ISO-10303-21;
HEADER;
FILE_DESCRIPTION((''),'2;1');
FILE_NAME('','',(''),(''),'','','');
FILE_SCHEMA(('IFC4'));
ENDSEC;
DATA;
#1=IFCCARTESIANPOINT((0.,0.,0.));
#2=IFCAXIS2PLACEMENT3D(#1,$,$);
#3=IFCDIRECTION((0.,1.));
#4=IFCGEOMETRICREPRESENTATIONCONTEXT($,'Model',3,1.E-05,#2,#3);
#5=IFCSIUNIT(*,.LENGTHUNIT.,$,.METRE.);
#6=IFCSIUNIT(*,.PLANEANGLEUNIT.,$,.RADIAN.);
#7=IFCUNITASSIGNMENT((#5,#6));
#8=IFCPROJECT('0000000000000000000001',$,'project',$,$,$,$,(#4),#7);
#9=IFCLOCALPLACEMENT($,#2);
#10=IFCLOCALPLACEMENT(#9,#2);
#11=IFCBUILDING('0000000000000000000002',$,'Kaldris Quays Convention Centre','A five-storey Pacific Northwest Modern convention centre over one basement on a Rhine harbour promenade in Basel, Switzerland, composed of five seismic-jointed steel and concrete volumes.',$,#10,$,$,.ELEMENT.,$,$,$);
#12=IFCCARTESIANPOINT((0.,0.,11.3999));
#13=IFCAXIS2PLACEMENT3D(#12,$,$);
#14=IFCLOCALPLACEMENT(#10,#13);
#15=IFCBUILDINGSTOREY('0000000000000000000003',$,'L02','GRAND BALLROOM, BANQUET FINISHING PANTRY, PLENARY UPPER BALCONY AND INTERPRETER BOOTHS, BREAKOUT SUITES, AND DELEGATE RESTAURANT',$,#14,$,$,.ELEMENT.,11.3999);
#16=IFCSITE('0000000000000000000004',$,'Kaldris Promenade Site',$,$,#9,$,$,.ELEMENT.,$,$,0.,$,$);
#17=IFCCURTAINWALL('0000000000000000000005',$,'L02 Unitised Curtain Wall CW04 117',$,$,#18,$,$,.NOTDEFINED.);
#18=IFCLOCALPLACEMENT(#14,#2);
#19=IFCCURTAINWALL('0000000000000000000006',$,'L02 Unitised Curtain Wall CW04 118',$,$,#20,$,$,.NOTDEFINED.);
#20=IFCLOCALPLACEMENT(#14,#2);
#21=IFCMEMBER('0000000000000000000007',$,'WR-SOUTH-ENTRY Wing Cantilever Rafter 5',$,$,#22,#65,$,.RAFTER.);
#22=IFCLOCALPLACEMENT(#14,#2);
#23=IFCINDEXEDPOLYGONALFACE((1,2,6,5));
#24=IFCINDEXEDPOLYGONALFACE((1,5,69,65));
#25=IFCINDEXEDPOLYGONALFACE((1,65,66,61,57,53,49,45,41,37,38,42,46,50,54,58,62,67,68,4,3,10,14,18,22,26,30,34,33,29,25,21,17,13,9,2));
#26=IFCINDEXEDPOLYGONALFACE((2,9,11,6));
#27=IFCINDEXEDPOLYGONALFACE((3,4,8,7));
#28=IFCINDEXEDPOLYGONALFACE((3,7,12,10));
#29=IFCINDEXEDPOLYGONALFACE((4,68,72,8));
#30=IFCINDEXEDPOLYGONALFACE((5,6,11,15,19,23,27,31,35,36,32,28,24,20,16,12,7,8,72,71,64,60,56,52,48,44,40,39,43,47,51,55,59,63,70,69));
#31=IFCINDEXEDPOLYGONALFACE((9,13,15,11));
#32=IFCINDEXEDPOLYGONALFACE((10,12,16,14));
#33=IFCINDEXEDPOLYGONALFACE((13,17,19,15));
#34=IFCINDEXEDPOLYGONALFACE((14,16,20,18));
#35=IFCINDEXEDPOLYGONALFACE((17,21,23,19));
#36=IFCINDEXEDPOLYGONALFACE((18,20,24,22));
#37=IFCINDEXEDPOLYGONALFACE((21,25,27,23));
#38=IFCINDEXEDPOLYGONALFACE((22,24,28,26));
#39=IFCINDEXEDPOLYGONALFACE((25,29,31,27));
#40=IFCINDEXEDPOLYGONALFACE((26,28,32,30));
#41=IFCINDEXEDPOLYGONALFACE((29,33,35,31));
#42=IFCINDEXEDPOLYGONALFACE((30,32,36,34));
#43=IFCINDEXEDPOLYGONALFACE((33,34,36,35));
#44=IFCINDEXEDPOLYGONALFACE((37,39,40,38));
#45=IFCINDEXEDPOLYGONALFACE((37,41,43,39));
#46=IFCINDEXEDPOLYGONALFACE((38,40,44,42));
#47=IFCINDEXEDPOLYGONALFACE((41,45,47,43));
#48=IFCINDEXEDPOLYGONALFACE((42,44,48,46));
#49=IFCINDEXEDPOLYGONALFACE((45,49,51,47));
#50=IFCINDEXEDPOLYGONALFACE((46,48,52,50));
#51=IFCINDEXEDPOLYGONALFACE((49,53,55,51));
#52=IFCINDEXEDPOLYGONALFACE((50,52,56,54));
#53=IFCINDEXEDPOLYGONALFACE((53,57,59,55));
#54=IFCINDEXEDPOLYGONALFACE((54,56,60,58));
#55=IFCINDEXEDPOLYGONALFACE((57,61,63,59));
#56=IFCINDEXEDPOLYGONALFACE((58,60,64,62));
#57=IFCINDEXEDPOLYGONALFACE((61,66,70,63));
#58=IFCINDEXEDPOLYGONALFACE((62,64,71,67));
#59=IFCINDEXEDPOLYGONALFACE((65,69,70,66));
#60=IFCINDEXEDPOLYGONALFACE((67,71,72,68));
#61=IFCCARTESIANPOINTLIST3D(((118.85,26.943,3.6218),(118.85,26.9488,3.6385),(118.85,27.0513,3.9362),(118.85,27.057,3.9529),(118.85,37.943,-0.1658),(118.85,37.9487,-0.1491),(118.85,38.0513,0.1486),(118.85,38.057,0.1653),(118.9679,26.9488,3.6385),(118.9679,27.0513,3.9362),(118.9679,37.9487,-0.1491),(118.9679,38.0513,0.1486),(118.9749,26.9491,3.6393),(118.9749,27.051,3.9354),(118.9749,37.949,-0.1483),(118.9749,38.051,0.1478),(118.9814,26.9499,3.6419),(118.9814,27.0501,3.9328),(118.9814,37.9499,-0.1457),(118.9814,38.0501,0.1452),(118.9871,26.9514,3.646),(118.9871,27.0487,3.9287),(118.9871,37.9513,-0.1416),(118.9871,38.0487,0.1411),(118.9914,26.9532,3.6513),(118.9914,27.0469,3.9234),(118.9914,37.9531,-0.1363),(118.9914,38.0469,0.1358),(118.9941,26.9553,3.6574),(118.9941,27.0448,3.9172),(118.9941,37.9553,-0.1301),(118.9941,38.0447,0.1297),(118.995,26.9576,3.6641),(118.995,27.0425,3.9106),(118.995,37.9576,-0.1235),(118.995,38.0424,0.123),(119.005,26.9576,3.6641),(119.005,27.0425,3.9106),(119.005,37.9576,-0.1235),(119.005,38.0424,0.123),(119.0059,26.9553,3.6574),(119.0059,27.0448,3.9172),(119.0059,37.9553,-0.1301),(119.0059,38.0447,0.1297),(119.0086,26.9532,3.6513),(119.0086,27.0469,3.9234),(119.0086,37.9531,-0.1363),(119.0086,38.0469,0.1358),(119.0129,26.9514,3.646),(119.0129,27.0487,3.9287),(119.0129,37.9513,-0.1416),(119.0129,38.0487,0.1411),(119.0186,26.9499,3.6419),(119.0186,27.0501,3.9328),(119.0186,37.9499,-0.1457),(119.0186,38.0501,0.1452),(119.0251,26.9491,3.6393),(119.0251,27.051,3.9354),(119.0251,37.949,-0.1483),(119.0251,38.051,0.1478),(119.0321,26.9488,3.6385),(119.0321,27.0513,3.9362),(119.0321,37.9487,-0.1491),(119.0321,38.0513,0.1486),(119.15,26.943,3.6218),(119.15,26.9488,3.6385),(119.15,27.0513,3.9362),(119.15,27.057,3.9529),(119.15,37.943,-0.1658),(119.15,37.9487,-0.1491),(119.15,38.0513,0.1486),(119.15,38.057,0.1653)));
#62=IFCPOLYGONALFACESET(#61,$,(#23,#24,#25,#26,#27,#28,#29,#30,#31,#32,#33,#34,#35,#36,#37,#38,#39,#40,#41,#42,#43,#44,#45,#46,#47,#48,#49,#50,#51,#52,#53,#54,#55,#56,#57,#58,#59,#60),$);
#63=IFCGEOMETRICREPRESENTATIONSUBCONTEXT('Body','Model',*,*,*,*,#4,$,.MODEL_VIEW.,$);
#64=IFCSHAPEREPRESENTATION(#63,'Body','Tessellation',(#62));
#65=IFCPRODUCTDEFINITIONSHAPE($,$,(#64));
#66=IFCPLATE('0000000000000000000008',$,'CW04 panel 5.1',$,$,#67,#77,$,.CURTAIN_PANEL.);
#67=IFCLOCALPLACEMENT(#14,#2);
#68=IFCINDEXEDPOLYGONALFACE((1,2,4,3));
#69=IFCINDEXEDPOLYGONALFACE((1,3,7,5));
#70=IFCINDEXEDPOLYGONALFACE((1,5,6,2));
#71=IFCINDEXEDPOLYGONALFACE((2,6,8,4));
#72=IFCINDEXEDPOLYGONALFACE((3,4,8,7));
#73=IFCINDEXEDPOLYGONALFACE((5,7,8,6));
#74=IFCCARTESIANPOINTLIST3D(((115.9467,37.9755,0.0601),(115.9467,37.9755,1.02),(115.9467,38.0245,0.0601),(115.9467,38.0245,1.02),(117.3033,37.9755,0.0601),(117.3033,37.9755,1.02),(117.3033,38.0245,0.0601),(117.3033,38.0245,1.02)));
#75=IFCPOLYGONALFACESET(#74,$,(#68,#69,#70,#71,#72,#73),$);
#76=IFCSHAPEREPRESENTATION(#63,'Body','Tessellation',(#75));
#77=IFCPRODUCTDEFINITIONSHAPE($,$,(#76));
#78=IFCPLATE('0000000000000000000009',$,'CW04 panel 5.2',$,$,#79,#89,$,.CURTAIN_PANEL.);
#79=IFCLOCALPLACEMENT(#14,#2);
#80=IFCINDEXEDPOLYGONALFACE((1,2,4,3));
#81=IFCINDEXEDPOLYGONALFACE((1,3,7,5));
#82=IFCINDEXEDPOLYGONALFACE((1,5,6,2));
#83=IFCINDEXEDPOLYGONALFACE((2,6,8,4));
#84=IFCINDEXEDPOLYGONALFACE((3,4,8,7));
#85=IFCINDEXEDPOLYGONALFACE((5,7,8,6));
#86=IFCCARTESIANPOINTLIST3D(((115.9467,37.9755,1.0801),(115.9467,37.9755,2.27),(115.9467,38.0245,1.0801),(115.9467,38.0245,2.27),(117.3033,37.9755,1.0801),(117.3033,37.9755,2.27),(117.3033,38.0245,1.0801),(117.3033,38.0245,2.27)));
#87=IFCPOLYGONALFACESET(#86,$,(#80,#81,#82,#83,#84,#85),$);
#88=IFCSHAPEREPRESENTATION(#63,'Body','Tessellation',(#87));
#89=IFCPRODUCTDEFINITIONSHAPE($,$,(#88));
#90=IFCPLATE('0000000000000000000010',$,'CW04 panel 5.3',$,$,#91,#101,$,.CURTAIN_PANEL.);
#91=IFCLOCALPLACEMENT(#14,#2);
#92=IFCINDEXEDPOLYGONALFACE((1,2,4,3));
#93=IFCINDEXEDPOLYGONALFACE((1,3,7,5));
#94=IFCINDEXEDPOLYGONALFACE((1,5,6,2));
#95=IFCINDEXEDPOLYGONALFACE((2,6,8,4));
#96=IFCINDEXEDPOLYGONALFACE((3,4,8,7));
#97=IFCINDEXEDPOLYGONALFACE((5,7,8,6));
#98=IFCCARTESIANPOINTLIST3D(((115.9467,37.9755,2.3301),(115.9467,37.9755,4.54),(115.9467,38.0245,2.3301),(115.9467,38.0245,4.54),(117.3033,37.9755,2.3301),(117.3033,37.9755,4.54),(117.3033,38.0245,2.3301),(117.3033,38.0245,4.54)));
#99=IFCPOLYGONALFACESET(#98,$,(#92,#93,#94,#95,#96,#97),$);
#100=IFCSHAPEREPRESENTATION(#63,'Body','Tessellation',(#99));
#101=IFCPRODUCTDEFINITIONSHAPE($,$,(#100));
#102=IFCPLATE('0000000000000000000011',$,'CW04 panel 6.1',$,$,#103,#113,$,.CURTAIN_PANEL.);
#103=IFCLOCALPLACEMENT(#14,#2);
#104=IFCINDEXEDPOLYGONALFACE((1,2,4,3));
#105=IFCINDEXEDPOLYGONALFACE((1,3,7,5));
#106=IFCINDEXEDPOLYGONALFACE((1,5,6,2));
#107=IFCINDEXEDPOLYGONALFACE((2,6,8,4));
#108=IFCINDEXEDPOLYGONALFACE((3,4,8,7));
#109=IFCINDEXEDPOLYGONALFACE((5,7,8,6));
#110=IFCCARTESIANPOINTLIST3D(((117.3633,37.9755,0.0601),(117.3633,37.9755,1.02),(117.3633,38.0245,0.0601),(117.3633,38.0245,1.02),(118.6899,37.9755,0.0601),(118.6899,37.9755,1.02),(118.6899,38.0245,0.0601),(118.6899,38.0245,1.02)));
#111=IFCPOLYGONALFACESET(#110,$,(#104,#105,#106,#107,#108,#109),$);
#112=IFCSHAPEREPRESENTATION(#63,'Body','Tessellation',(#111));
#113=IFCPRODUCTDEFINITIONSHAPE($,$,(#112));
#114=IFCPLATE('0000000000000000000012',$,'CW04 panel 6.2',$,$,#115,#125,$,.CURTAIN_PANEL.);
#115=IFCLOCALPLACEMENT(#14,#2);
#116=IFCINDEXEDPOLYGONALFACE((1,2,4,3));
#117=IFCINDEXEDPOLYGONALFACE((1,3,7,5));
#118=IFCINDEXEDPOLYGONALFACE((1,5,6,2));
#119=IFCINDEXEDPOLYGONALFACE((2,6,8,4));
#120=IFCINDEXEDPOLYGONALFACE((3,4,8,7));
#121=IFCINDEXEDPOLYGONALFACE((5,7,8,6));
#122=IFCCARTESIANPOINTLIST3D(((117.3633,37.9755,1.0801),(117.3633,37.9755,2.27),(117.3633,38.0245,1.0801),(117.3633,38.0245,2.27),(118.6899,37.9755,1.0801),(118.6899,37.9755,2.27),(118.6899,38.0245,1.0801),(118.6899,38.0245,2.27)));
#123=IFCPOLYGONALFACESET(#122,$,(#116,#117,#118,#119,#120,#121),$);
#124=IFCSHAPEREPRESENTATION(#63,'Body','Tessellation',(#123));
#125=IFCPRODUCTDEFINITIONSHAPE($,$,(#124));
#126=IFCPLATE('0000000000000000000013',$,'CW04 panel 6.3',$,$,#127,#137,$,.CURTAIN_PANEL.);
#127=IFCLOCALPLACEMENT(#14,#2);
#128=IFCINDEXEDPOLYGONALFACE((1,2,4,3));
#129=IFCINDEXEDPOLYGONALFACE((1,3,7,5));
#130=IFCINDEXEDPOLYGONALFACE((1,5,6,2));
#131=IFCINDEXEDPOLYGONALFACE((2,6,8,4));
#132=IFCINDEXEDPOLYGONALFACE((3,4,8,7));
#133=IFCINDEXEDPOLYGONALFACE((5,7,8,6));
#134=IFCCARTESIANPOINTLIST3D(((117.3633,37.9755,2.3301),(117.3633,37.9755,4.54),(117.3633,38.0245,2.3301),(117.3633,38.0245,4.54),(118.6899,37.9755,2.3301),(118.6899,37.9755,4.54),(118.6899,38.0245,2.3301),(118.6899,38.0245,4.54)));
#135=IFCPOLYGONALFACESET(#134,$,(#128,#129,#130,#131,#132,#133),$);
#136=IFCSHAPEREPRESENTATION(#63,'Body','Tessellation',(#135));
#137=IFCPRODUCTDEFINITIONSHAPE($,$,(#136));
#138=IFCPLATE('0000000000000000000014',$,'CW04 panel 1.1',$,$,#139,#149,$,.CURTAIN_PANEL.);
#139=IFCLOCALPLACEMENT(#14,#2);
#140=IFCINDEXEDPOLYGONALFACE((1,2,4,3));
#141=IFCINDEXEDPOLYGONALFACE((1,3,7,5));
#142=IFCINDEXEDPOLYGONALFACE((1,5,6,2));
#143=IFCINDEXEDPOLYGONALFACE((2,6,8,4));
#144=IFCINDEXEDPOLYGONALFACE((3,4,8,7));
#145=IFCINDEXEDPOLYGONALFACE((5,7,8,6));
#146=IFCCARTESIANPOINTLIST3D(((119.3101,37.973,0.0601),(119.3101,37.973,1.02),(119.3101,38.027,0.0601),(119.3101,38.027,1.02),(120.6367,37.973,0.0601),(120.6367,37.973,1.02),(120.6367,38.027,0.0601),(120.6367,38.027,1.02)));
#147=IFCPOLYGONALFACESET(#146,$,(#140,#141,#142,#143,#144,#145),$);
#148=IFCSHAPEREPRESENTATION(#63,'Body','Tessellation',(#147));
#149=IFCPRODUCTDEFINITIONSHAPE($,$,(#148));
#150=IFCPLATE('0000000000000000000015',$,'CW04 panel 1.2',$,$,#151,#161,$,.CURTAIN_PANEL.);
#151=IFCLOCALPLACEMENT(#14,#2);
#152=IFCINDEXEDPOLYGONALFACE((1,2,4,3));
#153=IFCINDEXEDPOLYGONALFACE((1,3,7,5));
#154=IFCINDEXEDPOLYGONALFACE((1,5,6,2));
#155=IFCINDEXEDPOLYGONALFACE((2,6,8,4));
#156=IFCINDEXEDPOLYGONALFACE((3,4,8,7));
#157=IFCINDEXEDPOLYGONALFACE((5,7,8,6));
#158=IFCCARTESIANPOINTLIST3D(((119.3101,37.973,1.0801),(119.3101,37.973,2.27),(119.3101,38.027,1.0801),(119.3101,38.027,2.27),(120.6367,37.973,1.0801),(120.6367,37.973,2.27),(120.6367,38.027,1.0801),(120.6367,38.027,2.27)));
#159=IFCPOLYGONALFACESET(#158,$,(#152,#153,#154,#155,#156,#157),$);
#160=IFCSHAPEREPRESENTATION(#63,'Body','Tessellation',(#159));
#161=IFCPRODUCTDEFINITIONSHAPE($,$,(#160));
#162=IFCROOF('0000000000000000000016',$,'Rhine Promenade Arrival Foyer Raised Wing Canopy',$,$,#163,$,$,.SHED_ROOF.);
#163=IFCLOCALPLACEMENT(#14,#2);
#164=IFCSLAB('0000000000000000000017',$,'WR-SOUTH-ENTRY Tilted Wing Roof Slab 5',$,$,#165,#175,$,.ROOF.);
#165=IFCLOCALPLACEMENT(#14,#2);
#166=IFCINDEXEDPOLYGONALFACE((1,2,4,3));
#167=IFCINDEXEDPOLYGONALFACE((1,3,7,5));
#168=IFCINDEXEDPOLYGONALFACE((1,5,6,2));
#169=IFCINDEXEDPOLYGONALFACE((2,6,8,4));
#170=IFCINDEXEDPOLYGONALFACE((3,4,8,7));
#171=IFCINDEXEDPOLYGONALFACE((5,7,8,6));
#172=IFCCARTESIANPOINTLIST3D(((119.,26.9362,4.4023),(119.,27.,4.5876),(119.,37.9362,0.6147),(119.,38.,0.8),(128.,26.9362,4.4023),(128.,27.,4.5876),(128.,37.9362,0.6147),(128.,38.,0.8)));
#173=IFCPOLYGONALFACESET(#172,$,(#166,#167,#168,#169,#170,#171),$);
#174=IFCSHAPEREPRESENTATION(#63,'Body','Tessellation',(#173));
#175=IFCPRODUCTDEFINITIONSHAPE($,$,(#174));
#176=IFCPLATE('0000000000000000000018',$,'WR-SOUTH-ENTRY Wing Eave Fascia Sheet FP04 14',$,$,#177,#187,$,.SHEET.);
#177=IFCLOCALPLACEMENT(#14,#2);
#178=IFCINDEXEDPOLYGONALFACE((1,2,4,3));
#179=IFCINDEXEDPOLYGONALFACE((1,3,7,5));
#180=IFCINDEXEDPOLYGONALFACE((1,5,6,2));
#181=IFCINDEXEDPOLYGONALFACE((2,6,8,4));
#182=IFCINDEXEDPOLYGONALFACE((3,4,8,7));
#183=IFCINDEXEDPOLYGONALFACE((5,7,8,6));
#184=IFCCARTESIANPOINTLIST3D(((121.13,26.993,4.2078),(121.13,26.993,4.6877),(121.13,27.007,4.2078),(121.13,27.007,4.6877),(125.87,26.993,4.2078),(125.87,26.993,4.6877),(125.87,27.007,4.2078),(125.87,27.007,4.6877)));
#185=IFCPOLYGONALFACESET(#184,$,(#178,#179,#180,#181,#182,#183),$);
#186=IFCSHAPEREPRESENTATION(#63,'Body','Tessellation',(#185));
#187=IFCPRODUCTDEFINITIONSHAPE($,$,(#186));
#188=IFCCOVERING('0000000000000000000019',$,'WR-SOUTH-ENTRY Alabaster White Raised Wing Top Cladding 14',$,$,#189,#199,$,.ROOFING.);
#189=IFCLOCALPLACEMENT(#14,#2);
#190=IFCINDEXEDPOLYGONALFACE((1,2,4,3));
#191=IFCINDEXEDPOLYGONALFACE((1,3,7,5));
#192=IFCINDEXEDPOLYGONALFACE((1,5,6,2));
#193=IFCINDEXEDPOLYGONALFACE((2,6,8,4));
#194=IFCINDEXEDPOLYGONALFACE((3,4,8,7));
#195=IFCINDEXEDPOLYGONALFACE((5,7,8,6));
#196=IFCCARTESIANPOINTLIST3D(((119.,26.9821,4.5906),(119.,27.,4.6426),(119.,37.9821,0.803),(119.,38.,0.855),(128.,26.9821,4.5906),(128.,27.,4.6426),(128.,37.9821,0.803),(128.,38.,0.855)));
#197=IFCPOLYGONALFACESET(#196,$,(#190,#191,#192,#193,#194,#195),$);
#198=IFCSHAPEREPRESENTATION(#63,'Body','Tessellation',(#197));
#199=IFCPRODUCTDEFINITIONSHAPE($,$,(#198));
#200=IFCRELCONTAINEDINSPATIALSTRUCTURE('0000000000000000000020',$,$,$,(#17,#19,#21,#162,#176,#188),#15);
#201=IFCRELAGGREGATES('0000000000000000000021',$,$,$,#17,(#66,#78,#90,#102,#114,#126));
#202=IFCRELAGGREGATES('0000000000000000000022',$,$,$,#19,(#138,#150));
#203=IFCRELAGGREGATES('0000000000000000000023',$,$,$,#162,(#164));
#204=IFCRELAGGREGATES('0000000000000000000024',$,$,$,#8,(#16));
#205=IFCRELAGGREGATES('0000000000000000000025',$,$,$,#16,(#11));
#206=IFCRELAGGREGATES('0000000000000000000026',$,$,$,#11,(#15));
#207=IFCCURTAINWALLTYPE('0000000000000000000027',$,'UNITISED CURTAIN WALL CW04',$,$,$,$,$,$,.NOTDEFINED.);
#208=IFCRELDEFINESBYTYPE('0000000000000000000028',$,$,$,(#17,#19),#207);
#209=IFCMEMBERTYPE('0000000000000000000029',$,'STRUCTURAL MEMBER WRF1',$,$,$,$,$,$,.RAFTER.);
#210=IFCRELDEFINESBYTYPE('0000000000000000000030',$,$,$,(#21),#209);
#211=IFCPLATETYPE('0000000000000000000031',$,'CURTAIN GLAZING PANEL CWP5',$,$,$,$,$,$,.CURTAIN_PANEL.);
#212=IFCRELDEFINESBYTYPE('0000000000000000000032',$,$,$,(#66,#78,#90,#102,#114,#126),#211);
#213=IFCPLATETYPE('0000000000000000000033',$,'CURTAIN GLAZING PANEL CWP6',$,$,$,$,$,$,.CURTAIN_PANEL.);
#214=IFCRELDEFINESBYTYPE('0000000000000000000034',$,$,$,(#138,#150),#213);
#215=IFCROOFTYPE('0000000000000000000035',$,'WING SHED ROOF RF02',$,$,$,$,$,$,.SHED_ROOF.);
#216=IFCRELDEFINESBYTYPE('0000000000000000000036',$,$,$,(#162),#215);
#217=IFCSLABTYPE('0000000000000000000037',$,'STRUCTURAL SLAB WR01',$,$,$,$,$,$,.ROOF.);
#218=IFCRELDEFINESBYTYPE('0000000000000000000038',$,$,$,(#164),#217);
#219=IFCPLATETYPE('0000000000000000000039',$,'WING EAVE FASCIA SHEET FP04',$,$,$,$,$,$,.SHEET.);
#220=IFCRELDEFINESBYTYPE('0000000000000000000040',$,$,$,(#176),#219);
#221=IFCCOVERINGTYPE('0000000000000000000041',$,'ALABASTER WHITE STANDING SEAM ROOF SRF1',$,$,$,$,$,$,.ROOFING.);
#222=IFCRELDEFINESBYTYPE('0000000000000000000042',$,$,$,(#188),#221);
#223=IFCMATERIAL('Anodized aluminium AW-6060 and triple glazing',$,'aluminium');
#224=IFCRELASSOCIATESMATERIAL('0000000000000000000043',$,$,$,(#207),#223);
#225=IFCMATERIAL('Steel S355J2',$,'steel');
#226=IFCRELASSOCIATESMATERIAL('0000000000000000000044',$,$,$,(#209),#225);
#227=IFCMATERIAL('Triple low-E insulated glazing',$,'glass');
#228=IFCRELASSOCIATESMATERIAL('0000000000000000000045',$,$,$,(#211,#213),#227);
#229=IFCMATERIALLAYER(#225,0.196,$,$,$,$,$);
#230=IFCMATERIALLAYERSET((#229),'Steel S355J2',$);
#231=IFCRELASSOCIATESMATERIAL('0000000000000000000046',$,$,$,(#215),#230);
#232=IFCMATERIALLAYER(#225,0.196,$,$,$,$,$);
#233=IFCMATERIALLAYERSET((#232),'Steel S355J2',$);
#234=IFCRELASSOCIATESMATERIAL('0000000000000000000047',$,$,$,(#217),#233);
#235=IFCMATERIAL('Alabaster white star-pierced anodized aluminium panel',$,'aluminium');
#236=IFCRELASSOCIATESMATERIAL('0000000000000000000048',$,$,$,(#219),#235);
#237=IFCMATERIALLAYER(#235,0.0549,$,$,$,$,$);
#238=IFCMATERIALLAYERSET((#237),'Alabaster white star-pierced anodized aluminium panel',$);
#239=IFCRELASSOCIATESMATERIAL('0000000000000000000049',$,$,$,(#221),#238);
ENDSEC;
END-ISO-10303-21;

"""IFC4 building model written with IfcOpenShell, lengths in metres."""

from ifc_helpers import new_model, si_unit, direction, frame, origin, origin_2d, place, context, subcontext, project, spatial, polyline, rectangle, i_section, outline, extrude, material, layer, layer_set, material_profile, profile_set, type_object, element, aggregate, save


model = new_model("IFC4")

# Units and contexts
model_context = context("Model", 3, precision=1e-05, world=origin(), true_north=direction((0.0, 1.0)))
body_context = subcontext(model_context, "Body", "Model", "MODEL_VIEW")
ifc_project = project(units=[si_unit("LENGTHUNIT", "METRE"), si_unit("PLANEANGLEUNIT", "RADIAN")], contexts=[model_context])

# Site, building, storey
site_placement = place(None, origin())
site = spatial("IfcSite", under=ifc_project, at=site_placement, Name="Kaldris Promenade Site", CompositionType="ELEMENT", RefElevation=0.0)
building_placement = place(site_placement, origin())
building = spatial("IfcBuilding", under=site, at=building_placement, Name="Kaldris Quays Convention Centre", Description="A five-storey Pacific Northwest Modern convention centre over one basement on a Rhine harbour promenade in Basel, Switzerland, composed of five seismic-jointed steel and concrete volumes.", CompositionType="ELEMENT")
storey_placement = place(building_placement, frame((0.0, 0.0, 11.3999)))
storey = spatial("IfcBuildingStorey", under=building, at=storey_placement, Name="L02", Description="GRAND BALLROOM, BANQUET FINISHING PANTRY, PLENARY UPPER BALCONY AND INTERPRETER BOOTHS, BREAKOUT SUITES, AND DELEGATE RESTAURANT", CompositionType="ELEMENT", Elevation=11.3999)

# Shared definitions
ifc_material_1 = material(Name="Steel S355J2", Category="steel")

# Curtain wall
ifc_material_2 = material(Name="Anodized aluminium AW-6060 and triple glazing", Category="aluminium")
curtain_wall_type = type_object("IfcCurtainWallType", Name="UNITISED CURTAIN WALL CW04", PredefinedType="NOTDEFINED", material=ifc_material_2)
curtain_wall_1_placement = place(storey_placement, origin())
curtain_wall_1 = element("IfcCurtainWall", 1, at=curtain_wall_1_placement, inside=storey, type_object=curtain_wall_type, Name="L02 Unitised Curtain Wall CW04 117", PredefinedType="NOTDEFINED")

# Curtain wall
curtain_wall_2_placement = place(storey_placement, origin())
curtain_wall_2 = element("IfcCurtainWall", 2, at=curtain_wall_2_placement, inside=storey, type_object=curtain_wall_type, Name="L02 Unitised Curtain Wall CW04 118", PredefinedType="NOTDEFINED")

# Member
ifc_material_profile_1 = material_profile(ifc_material_1, i_section(OverallWidth=0.3, OverallDepth=0.3501, WebThickness=0.01, FlangeThickness=0.0176, FilletRadius=0.0271, at=origin_2d()), Name="HEA 360")
ifc_profile_set_1 = profile_set([ifc_material_profile_1], Name="Steel S355J2")
member_type_1 = type_object("IfcMemberType", Name="STRUCTURAL MEMBER WRF1", PredefinedType="RAFTER", material=ifc_profile_set_1)
member_1_placement = place(storey_placement, frame((119.0, 38.0, -0.0002), z_axis=(0.0, -0.945519, 0.325568), x_axis=(1.0, 0.0, 0.0)))
element("IfcMember", 3, at=member_1_placement, inside=storey, type_object=member_type_1, Name="WR-SOUTH-ENTRY Wing Cantilever Rafter 5", PredefinedType="RAFTER", context=body_context, shape_type="SweptSolid", body=[
    extrude(i_section(OverallWidth=0.3, OverallDepth=0.3501, WebThickness=0.01, FlangeThickness=0.0176, FilletRadius=0.0271, at=origin_2d()), origin(), (0.0, 0.0, 1.0), 11.6338),
])

# Plates
ifc_material_3 = material(Name="Triple low-E insulated glazing", Category="glass")
plate_type_1 = type_object("IfcPlateType", Name="CURTAIN GLAZING PANEL CWP5", PredefinedType="CURTAIN_PANEL", material=ifc_material_3)
plate_1_placement = place(storey_placement, frame((116.625, 38.0, 0.0601), z_axis=(0.0, 0.0, 1.0), x_axis=(1.0, 0.0, 0.0)))
plate_1 = element("IfcPlate", 4, at=plate_1_placement, type_object=plate_type_1, Name="CW04 panel 5.1", PredefinedType="CURTAIN_PANEL", context=body_context, shape_type="SweptSolid", body=[
    extrude(rectangle(XDim=1.3567, YDim=0.0491, at=origin_2d()), origin(), (0.0, 0.0, 1.0), 0.96),
])
plate_2_placement = place(storey_placement, frame((116.625, 38.0, 1.0801), z_axis=(0.0, 0.0, 1.0), x_axis=(1.0, 0.0, 0.0)))
plate_2 = element("IfcPlate", 5, at=plate_2_placement, type_object=plate_type_1, Name="CW04 panel 5.2", PredefinedType="CURTAIN_PANEL", context=body_context, shape_type="SweptSolid", body=[
    extrude(rectangle(XDim=1.3567, YDim=0.0491, at=origin_2d()), origin(), (0.0, 0.0, 1.0), 1.1899),
])
plate_3_placement = place(storey_placement, frame((116.625, 38.0, 2.3301), z_axis=(0.0, 0.0, 1.0), x_axis=(1.0, 0.0, 0.0)))
plate_3 = element("IfcPlate", 6, at=plate_3_placement, type_object=plate_type_1, Name="CW04 panel 5.3", PredefinedType="CURTAIN_PANEL", context=body_context, shape_type="SweptSolid", body=[
    extrude(rectangle(XDim=1.3567, YDim=0.0491, at=origin_2d()), origin(), (0.0, 0.0, 1.0), 2.21),
])
plate_4_placement = place(storey_placement, frame((118.0266, 38.0, 0.0601), z_axis=(0.0, 0.0, 1.0), x_axis=(1.0, 0.0, 0.0)))
plate_4 = element("IfcPlate", 7, at=plate_4_placement, type_object=plate_type_1, Name="CW04 panel 6.1", PredefinedType="CURTAIN_PANEL", context=body_context, shape_type="SweptSolid", body=[
    extrude(rectangle(XDim=1.3267, YDim=0.0491, at=origin_2d()), origin(), (0.0, 0.0, 1.0), 0.96),
])
plate_5_placement = place(storey_placement, frame((118.0266, 38.0, 1.0801), z_axis=(0.0, 0.0, 1.0), x_axis=(1.0, 0.0, 0.0)))
plate_5 = element("IfcPlate", 8, at=plate_5_placement, type_object=plate_type_1, Name="CW04 panel 6.2", PredefinedType="CURTAIN_PANEL", context=body_context, shape_type="SweptSolid", body=[
    extrude(rectangle(XDim=1.3267, YDim=0.0491, at=origin_2d()), origin(), (0.0, 0.0, 1.0), 1.1899),
])
plate_6_placement = place(storey_placement, frame((118.0266, 38.0, 2.3301), z_axis=(0.0, 0.0, 1.0), x_axis=(1.0, 0.0, 0.0)))
plate_6 = element("IfcPlate", 9, at=plate_6_placement, type_object=plate_type_1, Name="CW04 panel 6.3", PredefinedType="CURTAIN_PANEL", context=body_context, shape_type="SweptSolid", body=[
    extrude(rectangle(XDim=1.3267, YDim=0.0491, at=origin_2d()), origin(), (0.0, 0.0, 1.0), 2.21),
])
aggregate(curtain_wall_1, [plate_1, plate_2, plate_3, plate_4, plate_5, plate_6])
plate_type_2 = type_object("IfcPlateType", Name="CURTAIN GLAZING PANEL CWP6", PredefinedType="CURTAIN_PANEL", material=ifc_material_3)
plate_7_placement = place(storey_placement, frame((119.9734, 38.0, 0.0601), z_axis=(0.0, 0.0, 1.0), x_axis=(1.0, 0.0, 0.0)))
plate_7 = element("IfcPlate", 10, at=plate_7_placement, type_object=plate_type_2, Name="CW04 panel 1.1", PredefinedType="CURTAIN_PANEL", context=body_context, shape_type="SweptSolid", body=[
    extrude(rectangle(XDim=1.3267, YDim=0.054, at=origin_2d()), origin(), (0.0, 0.0, 1.0), 0.96),
])
plate_8_placement = place(storey_placement, frame((119.9734, 38.0, 1.0801), z_axis=(0.0, 0.0, 1.0), x_axis=(1.0, 0.0, 0.0)))
plate_8 = element("IfcPlate", 11, at=plate_8_placement, type_object=plate_type_2, Name="CW04 panel 1.2", PredefinedType="CURTAIN_PANEL", context=body_context, shape_type="SweptSolid", body=[
    extrude(rectangle(XDim=1.3267, YDim=0.054, at=origin_2d()), origin(), (0.0, 0.0, 1.0), 1.1899),
])
aggregate(curtain_wall_2, [plate_7, plate_8])

# Roof, slab
ifc_layer_1 = layer(ifc_material_1, 0.196)
ifc_layer_set_1 = layer_set([ifc_layer_1], Name="Steel S355J2")
roof_type = type_object("IfcRoofType", Name="WING SHED ROOF RF02", PredefinedType="SHED_ROOF", material=ifc_layer_set_1)
roof_placement = place(storey_placement, origin())
roof = element("IfcRoof", 12, at=roof_placement, inside=storey, type_object=roof_type, Name="Rhine Promenade Arrival Foyer Raised Wing Canopy", PredefinedType="SHED_ROOF")
ifc_layer_2 = layer(ifc_material_1, 0.196)
ifc_layer_set_2 = layer_set([ifc_layer_2], Name="Steel S355J2")
slab_type = type_object("IfcSlabType", Name="STRUCTURAL SLAB WR01", PredefinedType="ROOF", material=ifc_layer_set_2)
slab_placement = place(storey_placement, frame((119.0, 27.0, 4.5876), z_axis=(0.0, 0.325568, 0.945519), x_axis=(1.0, 0.0, 0.0)))
slab = element("IfcSlab", 13, at=slab_placement, type_object=slab_type, Name="WR-SOUTH-ENTRY Tilted Wing Roof Slab 5", PredefinedType="ROOF", context=body_context, shape_type="SweptSolid", body=[
    extrude(outline(polyline([(0.0, 0.0), (9.0, 0.0), (9.0, 11.6338), (0.0, 11.6338), (0.0, 0.0)])), origin(), (0.0, 0.0, -1.0), 0.196),
])
aggregate(roof, [slab])

# Plate
ifc_material_4 = material(Name="Alabaster white star-pierced anodized aluminium panel", Category="aluminium")
plate_type_3 = type_object("IfcPlateType", Name="WING EAVE FASCIA SHEET FP04", PredefinedType="SHEET", material=ifc_material_4)
plate_9_placement = place(storey_placement, frame((123.5, 27.0, 4.2078), z_axis=(0.0, 0.0, 1.0), x_axis=(1.0, 0.0, 0.0)))
element("IfcPlate", 14, at=plate_9_placement, inside=storey, type_object=plate_type_3, Name="WR-SOUTH-ENTRY Wing Eave Fascia Sheet FP04 14", PredefinedType="SHEET", context=body_context, shape_type="SweptSolid", body=[
    extrude(rectangle(XDim=4.74, YDim=0.0139, at=origin_2d()), origin(), (0.0, 0.0, 1.0), 0.48),
])

# Covering
ifc_layer_3 = layer(ifc_material_4, 0.0549)
ifc_layer_set_3 = layer_set([ifc_layer_3], Name="Alabaster white star-pierced anodized aluminium panel")
covering_type_1 = type_object("IfcCoveringType", Name="ALABASTER WHITE STANDING SEAM ROOF SRF1", PredefinedType="ROOFING", material=ifc_layer_set_3)
covering_1_placement = place(storey_placement, frame((119.0, 27.0, 4.6426), z_axis=(0.0, 0.325568, 0.945519), x_axis=(1.0, 0.0, 0.0)))
element("IfcCovering", 15, at=covering_1_placement, inside=storey, type_object=covering_type_1, Name="WR-SOUTH-ENTRY Alabaster White Raised Wing Top Cladding 14", PredefinedType="ROOFING", context=body_context, shape_type="SweptSolid", body=[
    extrude(outline(polyline([(0.0, 0.0), (9.0, 0.0), (9.0, 11.6338), (0.0, 11.6338), (0.0, 0.0)])), origin(), (0.0, 0.0, -1.0), 0.0549),
])

save(model, "model.ifc")
